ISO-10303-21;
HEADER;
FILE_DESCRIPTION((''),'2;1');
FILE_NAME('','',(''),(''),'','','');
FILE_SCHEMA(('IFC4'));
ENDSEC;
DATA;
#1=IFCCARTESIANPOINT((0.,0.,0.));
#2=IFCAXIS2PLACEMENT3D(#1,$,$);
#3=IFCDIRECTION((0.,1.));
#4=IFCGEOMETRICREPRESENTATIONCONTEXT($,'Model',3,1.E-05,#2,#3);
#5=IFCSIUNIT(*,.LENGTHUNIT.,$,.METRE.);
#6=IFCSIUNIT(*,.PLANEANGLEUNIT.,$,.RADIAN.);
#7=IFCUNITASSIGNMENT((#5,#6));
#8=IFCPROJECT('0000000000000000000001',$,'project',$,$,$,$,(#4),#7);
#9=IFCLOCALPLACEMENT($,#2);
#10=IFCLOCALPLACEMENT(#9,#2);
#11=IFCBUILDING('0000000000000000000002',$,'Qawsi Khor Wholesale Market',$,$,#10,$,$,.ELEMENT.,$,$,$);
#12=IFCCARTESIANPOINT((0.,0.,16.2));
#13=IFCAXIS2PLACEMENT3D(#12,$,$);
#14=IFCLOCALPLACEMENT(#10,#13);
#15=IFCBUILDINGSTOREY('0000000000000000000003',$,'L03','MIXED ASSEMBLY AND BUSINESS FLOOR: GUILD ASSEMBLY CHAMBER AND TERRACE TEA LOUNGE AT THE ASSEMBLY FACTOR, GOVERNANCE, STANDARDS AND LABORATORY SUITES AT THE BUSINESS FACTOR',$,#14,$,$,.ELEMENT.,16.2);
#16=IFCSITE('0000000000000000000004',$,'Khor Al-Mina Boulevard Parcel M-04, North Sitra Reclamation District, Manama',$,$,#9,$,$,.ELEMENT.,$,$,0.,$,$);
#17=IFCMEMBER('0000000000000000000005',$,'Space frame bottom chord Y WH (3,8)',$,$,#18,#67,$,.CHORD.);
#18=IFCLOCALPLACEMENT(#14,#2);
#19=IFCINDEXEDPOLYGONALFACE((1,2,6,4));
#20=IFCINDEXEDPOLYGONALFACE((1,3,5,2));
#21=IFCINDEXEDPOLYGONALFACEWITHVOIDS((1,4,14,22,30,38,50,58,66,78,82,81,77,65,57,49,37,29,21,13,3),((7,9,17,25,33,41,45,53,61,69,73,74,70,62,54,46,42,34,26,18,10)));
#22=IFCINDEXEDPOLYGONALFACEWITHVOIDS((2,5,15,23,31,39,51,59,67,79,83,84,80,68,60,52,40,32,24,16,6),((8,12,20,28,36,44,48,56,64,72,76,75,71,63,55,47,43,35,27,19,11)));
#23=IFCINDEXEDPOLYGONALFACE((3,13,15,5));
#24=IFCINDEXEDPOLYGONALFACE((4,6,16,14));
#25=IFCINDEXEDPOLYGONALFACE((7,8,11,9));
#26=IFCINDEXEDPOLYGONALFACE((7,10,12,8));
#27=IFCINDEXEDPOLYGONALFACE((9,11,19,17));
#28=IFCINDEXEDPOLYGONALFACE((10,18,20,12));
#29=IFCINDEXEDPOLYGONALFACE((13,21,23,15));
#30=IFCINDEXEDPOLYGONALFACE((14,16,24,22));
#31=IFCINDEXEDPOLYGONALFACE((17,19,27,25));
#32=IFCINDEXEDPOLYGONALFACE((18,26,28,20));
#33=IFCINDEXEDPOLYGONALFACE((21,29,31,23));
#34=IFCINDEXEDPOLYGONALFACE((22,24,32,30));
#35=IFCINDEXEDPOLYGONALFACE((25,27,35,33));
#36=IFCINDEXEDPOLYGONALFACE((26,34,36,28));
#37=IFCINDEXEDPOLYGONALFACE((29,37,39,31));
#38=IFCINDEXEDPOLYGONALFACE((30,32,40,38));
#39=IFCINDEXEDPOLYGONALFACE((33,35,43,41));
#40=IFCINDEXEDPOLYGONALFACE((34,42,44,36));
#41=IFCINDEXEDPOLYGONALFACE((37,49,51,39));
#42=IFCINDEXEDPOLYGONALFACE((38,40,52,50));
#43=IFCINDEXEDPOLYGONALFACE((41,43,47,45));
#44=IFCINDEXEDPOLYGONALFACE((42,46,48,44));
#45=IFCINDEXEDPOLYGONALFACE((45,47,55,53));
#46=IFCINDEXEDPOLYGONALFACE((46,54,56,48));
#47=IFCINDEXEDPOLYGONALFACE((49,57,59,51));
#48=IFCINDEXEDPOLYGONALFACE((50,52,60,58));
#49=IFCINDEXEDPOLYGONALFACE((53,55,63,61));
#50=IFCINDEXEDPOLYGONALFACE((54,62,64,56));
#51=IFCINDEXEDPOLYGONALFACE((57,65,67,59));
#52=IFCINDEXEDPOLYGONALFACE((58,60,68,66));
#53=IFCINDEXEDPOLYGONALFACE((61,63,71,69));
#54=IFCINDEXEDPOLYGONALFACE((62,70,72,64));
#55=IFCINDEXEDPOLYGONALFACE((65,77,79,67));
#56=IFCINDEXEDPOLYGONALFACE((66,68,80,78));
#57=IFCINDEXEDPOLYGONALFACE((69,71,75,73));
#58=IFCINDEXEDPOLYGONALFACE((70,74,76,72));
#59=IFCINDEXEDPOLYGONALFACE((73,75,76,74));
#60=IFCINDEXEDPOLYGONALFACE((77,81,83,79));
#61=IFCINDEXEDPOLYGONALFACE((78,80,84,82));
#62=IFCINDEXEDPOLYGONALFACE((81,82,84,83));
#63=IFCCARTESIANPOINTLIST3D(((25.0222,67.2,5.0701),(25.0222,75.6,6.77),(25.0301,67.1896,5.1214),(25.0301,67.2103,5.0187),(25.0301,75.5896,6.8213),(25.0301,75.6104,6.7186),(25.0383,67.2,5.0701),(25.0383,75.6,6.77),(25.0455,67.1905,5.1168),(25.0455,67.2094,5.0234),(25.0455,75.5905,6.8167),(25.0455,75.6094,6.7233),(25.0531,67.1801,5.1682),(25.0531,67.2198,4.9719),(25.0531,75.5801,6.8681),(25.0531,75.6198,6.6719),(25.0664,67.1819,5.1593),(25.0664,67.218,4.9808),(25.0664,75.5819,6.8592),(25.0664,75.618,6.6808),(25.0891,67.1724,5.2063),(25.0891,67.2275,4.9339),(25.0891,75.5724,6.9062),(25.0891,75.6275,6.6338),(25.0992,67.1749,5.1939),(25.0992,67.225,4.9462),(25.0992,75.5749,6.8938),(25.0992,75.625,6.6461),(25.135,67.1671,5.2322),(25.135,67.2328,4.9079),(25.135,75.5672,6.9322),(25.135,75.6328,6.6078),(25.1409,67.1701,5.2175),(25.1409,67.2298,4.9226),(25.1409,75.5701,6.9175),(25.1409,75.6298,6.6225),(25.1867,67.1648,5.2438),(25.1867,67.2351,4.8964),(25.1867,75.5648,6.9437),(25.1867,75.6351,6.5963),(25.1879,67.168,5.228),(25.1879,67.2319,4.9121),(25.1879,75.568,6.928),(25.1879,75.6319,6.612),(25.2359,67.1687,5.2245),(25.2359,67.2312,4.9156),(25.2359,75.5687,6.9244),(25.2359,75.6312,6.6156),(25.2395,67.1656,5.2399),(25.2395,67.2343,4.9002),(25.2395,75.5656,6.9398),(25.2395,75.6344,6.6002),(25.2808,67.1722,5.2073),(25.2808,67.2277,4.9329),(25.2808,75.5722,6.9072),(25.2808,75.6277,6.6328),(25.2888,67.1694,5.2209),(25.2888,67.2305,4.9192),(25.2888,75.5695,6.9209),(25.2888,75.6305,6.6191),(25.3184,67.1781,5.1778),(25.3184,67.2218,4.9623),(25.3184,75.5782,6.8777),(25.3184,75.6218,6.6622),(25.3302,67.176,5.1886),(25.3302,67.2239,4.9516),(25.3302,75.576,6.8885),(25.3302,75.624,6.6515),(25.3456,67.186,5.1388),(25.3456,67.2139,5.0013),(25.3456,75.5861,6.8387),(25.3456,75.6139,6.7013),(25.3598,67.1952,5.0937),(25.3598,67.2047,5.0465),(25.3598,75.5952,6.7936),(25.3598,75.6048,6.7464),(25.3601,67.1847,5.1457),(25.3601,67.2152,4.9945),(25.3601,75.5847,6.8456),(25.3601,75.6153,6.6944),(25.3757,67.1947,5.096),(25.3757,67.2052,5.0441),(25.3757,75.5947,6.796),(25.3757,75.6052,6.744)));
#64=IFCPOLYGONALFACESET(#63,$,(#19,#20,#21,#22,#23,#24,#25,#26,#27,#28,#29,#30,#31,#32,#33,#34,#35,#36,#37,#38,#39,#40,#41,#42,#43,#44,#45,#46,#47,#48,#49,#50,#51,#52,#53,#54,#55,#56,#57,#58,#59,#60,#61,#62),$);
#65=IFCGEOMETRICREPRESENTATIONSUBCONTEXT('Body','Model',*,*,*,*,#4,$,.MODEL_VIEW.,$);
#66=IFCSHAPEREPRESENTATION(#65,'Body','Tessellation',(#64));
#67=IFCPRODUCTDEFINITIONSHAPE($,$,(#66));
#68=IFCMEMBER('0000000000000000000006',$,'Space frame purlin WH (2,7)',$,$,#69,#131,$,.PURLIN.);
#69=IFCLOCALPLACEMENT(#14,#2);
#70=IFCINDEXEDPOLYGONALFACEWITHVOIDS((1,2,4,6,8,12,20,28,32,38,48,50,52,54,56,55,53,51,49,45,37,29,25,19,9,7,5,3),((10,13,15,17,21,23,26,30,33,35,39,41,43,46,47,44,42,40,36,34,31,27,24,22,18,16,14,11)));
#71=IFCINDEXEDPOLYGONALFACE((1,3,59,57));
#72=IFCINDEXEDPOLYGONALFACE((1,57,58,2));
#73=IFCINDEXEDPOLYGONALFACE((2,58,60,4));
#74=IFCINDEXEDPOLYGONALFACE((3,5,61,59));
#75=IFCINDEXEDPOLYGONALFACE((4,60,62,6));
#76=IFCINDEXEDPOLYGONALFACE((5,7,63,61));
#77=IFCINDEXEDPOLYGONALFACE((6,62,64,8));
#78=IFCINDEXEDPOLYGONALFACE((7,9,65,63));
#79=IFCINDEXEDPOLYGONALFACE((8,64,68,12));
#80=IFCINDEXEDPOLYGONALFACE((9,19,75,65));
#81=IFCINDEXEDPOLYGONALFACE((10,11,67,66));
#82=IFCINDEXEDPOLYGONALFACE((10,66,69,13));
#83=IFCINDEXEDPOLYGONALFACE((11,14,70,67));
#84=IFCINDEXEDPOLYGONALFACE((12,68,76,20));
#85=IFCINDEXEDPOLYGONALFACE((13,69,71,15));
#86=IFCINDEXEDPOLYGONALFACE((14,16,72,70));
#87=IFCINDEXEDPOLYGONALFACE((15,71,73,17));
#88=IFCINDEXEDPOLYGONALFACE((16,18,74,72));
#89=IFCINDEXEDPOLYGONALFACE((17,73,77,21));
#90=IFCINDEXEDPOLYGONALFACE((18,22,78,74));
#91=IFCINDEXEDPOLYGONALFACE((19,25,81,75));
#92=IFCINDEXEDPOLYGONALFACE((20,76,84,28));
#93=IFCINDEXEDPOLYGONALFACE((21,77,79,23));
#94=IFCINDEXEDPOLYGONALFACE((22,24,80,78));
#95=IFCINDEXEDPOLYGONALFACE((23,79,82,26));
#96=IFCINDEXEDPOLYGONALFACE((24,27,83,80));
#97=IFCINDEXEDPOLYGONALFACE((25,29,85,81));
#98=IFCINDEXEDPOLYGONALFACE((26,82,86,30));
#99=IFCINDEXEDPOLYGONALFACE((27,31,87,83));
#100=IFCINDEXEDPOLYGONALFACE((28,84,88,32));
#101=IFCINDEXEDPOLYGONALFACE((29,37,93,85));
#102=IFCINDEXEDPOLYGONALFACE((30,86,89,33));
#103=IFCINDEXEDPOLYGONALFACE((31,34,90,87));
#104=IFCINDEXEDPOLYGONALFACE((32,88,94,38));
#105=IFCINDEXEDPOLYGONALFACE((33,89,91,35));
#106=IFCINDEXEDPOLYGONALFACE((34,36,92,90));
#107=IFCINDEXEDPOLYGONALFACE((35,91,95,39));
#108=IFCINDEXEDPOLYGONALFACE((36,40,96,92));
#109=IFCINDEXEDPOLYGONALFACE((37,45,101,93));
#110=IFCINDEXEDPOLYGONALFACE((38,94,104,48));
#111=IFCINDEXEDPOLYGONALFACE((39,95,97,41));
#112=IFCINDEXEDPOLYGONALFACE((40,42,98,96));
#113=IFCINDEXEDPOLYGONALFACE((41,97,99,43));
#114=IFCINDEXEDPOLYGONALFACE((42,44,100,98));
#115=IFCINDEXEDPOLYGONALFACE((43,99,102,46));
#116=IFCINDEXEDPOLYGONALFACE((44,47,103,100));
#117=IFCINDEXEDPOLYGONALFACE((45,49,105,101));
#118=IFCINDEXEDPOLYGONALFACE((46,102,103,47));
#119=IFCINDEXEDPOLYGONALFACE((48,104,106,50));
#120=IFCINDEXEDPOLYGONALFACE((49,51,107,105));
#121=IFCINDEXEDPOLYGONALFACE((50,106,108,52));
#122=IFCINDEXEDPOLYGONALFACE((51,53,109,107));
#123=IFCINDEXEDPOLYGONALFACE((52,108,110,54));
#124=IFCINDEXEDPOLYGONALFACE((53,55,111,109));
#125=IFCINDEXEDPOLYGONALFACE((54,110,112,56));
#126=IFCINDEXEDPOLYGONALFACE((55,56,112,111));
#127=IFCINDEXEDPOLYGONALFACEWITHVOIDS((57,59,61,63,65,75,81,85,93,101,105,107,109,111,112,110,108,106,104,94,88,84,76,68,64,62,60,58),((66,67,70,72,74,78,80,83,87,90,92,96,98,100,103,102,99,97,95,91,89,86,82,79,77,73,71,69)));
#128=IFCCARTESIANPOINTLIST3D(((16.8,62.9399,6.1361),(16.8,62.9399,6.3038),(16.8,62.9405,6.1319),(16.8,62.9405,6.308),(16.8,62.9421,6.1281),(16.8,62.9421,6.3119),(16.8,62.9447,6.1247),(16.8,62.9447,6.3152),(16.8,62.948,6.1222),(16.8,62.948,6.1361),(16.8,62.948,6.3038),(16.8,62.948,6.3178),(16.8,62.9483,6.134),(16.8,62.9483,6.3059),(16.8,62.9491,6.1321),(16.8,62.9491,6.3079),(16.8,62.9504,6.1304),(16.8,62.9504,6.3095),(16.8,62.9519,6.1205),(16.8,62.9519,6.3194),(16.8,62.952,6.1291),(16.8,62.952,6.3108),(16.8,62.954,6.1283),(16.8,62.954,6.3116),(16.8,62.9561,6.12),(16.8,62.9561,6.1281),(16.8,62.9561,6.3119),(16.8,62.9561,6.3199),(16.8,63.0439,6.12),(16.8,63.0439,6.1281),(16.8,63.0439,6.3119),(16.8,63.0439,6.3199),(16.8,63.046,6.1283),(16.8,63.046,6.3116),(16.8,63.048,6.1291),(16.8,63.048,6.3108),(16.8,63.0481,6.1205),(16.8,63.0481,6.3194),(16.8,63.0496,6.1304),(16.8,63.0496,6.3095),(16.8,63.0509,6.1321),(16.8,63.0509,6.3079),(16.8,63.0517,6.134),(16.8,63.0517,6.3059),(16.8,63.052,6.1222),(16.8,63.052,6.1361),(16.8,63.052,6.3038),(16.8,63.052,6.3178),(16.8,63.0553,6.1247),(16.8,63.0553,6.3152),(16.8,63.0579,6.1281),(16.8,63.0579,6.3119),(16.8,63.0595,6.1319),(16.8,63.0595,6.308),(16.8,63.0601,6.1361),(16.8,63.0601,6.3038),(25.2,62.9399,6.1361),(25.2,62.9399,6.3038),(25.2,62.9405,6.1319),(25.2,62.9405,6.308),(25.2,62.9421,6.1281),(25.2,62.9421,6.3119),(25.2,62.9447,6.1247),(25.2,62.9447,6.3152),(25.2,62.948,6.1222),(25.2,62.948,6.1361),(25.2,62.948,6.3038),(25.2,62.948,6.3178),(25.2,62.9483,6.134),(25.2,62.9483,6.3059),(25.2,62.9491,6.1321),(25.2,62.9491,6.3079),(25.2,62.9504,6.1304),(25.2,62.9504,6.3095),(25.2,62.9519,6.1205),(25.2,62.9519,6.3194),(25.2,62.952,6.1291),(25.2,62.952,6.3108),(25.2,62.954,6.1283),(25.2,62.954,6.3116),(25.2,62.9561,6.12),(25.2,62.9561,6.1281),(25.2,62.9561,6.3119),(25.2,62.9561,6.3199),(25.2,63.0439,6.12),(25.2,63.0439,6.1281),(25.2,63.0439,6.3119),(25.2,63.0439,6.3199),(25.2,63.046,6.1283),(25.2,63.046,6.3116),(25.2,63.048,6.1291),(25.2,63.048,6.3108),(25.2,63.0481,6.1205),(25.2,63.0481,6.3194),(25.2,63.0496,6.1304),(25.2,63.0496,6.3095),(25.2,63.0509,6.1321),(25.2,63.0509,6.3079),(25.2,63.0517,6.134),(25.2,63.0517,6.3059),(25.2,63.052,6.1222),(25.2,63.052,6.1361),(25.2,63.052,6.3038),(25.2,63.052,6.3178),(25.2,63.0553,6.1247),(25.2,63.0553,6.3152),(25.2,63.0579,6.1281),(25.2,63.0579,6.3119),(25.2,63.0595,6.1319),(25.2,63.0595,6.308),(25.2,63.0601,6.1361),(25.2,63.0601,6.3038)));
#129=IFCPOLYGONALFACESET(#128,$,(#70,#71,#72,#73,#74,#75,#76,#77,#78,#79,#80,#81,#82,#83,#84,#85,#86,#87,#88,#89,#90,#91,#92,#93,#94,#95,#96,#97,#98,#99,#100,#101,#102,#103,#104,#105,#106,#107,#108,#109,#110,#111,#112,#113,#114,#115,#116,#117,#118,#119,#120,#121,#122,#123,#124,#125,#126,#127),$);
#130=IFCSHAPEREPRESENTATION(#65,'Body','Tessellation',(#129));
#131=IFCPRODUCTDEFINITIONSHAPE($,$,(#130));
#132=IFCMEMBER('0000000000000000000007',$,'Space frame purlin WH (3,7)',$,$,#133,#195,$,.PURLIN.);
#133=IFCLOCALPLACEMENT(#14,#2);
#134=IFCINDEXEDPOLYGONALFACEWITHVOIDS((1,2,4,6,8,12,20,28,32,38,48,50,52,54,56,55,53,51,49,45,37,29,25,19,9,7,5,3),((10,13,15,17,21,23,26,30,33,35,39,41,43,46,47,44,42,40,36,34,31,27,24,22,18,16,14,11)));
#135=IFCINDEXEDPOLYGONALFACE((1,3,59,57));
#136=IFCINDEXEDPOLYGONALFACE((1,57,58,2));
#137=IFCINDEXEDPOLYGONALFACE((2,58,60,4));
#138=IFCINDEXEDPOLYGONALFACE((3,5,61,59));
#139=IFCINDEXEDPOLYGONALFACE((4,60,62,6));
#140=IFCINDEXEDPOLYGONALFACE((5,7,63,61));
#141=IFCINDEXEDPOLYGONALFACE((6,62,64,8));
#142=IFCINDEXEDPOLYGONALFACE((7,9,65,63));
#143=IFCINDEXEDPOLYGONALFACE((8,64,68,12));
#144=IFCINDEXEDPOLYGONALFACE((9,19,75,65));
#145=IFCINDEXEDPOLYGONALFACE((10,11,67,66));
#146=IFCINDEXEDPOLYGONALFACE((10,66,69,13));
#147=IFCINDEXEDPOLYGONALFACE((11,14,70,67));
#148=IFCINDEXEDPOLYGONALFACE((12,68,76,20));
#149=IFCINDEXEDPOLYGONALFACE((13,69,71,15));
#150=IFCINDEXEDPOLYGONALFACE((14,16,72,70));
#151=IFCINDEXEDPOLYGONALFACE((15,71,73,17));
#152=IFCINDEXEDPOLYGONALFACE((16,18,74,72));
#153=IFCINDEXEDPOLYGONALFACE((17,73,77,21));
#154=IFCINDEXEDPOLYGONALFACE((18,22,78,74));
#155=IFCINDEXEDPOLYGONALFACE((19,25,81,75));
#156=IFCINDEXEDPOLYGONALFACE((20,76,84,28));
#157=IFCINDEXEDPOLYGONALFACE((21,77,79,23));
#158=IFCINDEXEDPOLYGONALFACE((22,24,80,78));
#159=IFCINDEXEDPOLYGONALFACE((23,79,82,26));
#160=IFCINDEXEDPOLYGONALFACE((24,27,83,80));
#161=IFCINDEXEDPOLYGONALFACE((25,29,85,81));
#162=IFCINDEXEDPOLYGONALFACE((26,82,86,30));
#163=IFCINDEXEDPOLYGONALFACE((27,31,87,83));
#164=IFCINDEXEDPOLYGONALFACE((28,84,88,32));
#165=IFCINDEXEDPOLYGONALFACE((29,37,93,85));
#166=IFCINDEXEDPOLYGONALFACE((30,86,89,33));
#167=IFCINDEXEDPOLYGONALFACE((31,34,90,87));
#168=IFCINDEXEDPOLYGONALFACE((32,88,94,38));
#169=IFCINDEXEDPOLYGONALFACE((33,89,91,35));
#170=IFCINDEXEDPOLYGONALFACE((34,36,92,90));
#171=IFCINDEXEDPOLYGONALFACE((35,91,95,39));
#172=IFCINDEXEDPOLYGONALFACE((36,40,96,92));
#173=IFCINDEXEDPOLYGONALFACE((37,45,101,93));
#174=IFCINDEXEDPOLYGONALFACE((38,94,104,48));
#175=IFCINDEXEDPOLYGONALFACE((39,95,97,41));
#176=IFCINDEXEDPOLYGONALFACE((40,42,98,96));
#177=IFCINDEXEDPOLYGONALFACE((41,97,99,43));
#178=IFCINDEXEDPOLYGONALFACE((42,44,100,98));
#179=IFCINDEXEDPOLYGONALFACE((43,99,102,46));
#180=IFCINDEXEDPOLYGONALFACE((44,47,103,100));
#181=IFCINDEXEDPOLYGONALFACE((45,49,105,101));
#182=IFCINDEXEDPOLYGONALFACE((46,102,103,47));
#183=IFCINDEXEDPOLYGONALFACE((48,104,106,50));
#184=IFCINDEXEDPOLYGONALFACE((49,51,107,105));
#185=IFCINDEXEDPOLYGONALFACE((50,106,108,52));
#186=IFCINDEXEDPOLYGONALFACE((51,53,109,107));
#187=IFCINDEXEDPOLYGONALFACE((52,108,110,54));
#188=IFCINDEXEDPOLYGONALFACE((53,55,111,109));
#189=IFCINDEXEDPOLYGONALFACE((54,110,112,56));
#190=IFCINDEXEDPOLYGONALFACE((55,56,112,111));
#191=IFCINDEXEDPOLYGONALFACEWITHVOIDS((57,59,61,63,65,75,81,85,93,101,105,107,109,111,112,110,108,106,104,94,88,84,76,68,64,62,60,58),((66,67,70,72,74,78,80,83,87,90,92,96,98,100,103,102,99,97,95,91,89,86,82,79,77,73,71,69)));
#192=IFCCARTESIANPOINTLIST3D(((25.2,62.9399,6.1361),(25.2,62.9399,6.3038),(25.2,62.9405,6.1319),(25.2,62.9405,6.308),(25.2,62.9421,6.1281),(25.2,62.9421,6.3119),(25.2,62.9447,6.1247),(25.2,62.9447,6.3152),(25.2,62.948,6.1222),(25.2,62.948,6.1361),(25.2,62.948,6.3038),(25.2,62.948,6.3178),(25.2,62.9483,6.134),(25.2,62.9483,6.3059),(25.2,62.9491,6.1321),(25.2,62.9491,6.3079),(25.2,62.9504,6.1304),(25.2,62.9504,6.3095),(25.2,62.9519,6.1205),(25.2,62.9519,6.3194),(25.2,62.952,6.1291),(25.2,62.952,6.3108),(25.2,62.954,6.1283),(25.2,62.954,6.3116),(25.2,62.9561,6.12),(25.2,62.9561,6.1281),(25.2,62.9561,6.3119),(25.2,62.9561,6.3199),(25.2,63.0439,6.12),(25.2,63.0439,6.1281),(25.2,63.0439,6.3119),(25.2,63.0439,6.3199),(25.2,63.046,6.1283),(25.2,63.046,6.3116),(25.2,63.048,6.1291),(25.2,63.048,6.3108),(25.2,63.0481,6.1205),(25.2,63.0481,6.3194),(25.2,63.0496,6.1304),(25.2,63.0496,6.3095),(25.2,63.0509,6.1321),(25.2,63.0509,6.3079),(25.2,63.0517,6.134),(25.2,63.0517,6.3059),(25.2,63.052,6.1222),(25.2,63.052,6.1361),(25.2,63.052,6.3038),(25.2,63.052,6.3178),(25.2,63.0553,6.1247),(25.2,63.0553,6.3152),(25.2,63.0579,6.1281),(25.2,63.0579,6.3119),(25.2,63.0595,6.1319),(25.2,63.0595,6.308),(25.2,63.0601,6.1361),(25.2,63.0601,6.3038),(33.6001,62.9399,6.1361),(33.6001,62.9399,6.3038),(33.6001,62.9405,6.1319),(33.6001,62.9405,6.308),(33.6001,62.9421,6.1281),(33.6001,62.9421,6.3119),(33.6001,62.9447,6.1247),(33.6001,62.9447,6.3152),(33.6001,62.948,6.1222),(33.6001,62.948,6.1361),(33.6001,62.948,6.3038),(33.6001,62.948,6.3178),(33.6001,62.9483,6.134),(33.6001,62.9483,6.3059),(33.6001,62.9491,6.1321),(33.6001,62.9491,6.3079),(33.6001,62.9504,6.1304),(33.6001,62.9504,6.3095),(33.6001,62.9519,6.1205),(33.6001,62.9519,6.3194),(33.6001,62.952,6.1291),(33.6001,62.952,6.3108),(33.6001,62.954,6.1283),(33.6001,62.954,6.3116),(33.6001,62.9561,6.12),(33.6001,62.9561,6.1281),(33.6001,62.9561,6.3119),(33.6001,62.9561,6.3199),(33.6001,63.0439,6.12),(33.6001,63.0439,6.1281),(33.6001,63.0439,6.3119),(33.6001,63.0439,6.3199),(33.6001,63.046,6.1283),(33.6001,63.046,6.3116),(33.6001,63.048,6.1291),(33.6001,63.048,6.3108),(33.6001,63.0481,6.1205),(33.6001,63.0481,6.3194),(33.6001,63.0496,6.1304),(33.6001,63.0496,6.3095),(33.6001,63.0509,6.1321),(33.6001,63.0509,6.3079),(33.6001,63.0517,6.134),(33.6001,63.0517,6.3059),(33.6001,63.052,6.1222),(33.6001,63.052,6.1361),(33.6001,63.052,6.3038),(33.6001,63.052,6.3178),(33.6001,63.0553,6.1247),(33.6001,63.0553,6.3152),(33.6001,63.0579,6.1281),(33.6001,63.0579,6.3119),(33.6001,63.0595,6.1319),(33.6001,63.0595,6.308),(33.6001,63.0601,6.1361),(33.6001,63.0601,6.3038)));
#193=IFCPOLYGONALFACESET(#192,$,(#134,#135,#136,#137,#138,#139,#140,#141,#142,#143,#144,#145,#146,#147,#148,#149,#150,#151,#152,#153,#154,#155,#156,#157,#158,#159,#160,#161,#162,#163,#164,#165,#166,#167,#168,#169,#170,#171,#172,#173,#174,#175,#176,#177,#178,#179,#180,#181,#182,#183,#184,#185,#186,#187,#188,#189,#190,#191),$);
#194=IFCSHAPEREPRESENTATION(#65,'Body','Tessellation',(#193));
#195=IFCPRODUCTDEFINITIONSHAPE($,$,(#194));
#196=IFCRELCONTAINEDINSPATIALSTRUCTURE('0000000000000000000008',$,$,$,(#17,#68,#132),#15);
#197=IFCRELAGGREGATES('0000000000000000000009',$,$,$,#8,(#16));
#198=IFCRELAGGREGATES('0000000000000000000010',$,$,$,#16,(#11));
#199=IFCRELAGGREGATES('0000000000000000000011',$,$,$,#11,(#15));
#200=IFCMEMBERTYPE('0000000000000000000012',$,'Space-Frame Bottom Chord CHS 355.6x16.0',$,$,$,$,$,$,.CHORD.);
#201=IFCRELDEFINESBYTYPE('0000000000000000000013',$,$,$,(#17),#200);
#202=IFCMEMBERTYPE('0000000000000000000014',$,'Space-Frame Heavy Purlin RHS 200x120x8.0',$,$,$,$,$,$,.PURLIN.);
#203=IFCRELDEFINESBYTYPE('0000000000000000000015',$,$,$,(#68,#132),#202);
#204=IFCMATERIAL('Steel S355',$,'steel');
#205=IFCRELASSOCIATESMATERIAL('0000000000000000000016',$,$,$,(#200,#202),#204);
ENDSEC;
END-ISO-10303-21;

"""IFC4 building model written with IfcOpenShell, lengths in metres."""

from ifc_helpers import new_model, si_unit, direction, frame, origin, origin_2d, place, context, subcontext, project, spatial, hollow_rectangle, hollow_circle, extrude, material, material_profile, profile_set, type_object, element, save


model = new_model("IFC4")

# Units and contexts
model_context = context("Model", 3, precision=1e-05, world=origin(), true_north=direction((0.0, 1.0)))
body_context = subcontext(model_context, "Body", "Model", "MODEL_VIEW")
ifc_project = project(units=[si_unit("LENGTHUNIT", "METRE"), si_unit("PLANEANGLEUNIT", "RADIAN")], contexts=[model_context])

# Site, building, storey
site_placement = place(None, origin())
site = spatial("IfcSite", under=ifc_project, at=site_placement, Name="Khor Al-Mina Boulevard Parcel M-04, North Sitra Reclamation District, Manama", CompositionType="ELEMENT", RefElevation=0.0)
building_placement = place(site_placement, origin())
building = spatial("IfcBuilding", under=site, at=building_placement, Name="Qawsi Khor Wholesale Market", CompositionType="ELEMENT")
storey_placement = place(building_placement, frame((0.0, 0.0, 16.2)))
storey = spatial("IfcBuildingStorey", under=building, at=storey_placement, Name="L03", Description="MIXED ASSEMBLY AND BUSINESS FLOOR: GUILD ASSEMBLY CHAMBER AND TERRACE TEA LOUNGE AT THE ASSEMBLY FACTOR, GOVERNANCE, STANDARDS AND LABORATORY SUITES AT THE BUSINESS FACTOR", CompositionType="ELEMENT", Elevation=16.2)

# Members
ifc_material_1 = material(Name="Steel S355", Category="steel")
ifc_material_profile_1 = material_profile(ifc_material_1, hollow_circle(Radius=0.1777, WallThickness=0.0161, at=origin_2d()), Name="CHS 355.6x16.0")
ifc_profile_set_1 = profile_set([ifc_material_profile_1], Name="Steel S355")
member_type_1 = type_object("IfcMemberType", Name="Space-Frame Bottom Chord CHS 355.6x16.0", PredefinedType="CHORD", material=ifc_profile_set_1)
for number, where, z_axis, x_axis, name in (
    (1, (25.2, 67.2, 5.0701), (0.0, 0.980131, 0.198351), (-1.0, 0.0, 0.0), "Space frame bottom chord Y WH (3,8)"),
):
    element("IfcMember", number, at=place(storey_placement, frame(where, z_axis=z_axis, x_axis=x_axis)), inside=storey, type_object=member_type_1, Name=name, PredefinedType="CHORD", context=body_context, shape_type="SweptSolid", body=[
        extrude(hollow_circle(Radius=0.1777, WallThickness=0.0161, at=origin_2d()), origin(), (0.0, 0.0, 1.0), 8.5703),
    ])
ifc_material_profile_2 = material_profile(ifc_material_1, hollow_rectangle(XDim=0.1201, YDim=0.2, WallThickness=0.0081, InnerFilletRadius=0.0081, OuterFilletRadius=0.0161, at=origin_2d()), Name="RHS 200x120x8.0")
ifc_profile_set_2 = profile_set([ifc_material_profile_2], Name="Steel S355")
member_type_2 = type_object("IfcMemberType", Name="Space-Frame Heavy Purlin RHS 200x120x8.0", PredefinedType="PURLIN", material=ifc_profile_set_2)
member_1_placement = place(storey_placement, frame((16.8, 63.0, 6.22), z_axis=(1.0, 0.0, 0.0), x_axis=(0.0, 1.0, 0.0)))
element("IfcMember", 2, at=member_1_placement, inside=storey, type_object=member_type_2, Name="Space frame purlin WH (2,7)", PredefinedType="PURLIN", context=body_context, shape_type="SweptSolid", body=[
    extrude(hollow_rectangle(XDim=0.1201, YDim=0.2, WallThickness=0.0081, InnerFilletRadius=0.0081, OuterFilletRadius=0.0161, at=origin_2d()), origin(), (0.0, 0.0, 1.0), 8.3999),
])
member_2_placement = place(storey_placement, frame((25.2, 63.0, 6.22), z_axis=(1.0, 0.0, 0.0), x_axis=(0.0, 1.0, 0.0)))
element("IfcMember", 3, at=member_2_placement, inside=storey, type_object=member_type_2, Name="Space frame purlin WH (3,7)", PredefinedType="PURLIN", context=body_context, shape_type="SweptSolid", body=[
    extrude(hollow_rectangle(XDim=0.1201, YDim=0.2, WallThickness=0.0081, InnerFilletRadius=0.0081, OuterFilletRadius=0.0161, at=origin_2d()), origin(), (0.0, 0.0, 1.0), 8.4001),
])

save(model, "model.ifc")
